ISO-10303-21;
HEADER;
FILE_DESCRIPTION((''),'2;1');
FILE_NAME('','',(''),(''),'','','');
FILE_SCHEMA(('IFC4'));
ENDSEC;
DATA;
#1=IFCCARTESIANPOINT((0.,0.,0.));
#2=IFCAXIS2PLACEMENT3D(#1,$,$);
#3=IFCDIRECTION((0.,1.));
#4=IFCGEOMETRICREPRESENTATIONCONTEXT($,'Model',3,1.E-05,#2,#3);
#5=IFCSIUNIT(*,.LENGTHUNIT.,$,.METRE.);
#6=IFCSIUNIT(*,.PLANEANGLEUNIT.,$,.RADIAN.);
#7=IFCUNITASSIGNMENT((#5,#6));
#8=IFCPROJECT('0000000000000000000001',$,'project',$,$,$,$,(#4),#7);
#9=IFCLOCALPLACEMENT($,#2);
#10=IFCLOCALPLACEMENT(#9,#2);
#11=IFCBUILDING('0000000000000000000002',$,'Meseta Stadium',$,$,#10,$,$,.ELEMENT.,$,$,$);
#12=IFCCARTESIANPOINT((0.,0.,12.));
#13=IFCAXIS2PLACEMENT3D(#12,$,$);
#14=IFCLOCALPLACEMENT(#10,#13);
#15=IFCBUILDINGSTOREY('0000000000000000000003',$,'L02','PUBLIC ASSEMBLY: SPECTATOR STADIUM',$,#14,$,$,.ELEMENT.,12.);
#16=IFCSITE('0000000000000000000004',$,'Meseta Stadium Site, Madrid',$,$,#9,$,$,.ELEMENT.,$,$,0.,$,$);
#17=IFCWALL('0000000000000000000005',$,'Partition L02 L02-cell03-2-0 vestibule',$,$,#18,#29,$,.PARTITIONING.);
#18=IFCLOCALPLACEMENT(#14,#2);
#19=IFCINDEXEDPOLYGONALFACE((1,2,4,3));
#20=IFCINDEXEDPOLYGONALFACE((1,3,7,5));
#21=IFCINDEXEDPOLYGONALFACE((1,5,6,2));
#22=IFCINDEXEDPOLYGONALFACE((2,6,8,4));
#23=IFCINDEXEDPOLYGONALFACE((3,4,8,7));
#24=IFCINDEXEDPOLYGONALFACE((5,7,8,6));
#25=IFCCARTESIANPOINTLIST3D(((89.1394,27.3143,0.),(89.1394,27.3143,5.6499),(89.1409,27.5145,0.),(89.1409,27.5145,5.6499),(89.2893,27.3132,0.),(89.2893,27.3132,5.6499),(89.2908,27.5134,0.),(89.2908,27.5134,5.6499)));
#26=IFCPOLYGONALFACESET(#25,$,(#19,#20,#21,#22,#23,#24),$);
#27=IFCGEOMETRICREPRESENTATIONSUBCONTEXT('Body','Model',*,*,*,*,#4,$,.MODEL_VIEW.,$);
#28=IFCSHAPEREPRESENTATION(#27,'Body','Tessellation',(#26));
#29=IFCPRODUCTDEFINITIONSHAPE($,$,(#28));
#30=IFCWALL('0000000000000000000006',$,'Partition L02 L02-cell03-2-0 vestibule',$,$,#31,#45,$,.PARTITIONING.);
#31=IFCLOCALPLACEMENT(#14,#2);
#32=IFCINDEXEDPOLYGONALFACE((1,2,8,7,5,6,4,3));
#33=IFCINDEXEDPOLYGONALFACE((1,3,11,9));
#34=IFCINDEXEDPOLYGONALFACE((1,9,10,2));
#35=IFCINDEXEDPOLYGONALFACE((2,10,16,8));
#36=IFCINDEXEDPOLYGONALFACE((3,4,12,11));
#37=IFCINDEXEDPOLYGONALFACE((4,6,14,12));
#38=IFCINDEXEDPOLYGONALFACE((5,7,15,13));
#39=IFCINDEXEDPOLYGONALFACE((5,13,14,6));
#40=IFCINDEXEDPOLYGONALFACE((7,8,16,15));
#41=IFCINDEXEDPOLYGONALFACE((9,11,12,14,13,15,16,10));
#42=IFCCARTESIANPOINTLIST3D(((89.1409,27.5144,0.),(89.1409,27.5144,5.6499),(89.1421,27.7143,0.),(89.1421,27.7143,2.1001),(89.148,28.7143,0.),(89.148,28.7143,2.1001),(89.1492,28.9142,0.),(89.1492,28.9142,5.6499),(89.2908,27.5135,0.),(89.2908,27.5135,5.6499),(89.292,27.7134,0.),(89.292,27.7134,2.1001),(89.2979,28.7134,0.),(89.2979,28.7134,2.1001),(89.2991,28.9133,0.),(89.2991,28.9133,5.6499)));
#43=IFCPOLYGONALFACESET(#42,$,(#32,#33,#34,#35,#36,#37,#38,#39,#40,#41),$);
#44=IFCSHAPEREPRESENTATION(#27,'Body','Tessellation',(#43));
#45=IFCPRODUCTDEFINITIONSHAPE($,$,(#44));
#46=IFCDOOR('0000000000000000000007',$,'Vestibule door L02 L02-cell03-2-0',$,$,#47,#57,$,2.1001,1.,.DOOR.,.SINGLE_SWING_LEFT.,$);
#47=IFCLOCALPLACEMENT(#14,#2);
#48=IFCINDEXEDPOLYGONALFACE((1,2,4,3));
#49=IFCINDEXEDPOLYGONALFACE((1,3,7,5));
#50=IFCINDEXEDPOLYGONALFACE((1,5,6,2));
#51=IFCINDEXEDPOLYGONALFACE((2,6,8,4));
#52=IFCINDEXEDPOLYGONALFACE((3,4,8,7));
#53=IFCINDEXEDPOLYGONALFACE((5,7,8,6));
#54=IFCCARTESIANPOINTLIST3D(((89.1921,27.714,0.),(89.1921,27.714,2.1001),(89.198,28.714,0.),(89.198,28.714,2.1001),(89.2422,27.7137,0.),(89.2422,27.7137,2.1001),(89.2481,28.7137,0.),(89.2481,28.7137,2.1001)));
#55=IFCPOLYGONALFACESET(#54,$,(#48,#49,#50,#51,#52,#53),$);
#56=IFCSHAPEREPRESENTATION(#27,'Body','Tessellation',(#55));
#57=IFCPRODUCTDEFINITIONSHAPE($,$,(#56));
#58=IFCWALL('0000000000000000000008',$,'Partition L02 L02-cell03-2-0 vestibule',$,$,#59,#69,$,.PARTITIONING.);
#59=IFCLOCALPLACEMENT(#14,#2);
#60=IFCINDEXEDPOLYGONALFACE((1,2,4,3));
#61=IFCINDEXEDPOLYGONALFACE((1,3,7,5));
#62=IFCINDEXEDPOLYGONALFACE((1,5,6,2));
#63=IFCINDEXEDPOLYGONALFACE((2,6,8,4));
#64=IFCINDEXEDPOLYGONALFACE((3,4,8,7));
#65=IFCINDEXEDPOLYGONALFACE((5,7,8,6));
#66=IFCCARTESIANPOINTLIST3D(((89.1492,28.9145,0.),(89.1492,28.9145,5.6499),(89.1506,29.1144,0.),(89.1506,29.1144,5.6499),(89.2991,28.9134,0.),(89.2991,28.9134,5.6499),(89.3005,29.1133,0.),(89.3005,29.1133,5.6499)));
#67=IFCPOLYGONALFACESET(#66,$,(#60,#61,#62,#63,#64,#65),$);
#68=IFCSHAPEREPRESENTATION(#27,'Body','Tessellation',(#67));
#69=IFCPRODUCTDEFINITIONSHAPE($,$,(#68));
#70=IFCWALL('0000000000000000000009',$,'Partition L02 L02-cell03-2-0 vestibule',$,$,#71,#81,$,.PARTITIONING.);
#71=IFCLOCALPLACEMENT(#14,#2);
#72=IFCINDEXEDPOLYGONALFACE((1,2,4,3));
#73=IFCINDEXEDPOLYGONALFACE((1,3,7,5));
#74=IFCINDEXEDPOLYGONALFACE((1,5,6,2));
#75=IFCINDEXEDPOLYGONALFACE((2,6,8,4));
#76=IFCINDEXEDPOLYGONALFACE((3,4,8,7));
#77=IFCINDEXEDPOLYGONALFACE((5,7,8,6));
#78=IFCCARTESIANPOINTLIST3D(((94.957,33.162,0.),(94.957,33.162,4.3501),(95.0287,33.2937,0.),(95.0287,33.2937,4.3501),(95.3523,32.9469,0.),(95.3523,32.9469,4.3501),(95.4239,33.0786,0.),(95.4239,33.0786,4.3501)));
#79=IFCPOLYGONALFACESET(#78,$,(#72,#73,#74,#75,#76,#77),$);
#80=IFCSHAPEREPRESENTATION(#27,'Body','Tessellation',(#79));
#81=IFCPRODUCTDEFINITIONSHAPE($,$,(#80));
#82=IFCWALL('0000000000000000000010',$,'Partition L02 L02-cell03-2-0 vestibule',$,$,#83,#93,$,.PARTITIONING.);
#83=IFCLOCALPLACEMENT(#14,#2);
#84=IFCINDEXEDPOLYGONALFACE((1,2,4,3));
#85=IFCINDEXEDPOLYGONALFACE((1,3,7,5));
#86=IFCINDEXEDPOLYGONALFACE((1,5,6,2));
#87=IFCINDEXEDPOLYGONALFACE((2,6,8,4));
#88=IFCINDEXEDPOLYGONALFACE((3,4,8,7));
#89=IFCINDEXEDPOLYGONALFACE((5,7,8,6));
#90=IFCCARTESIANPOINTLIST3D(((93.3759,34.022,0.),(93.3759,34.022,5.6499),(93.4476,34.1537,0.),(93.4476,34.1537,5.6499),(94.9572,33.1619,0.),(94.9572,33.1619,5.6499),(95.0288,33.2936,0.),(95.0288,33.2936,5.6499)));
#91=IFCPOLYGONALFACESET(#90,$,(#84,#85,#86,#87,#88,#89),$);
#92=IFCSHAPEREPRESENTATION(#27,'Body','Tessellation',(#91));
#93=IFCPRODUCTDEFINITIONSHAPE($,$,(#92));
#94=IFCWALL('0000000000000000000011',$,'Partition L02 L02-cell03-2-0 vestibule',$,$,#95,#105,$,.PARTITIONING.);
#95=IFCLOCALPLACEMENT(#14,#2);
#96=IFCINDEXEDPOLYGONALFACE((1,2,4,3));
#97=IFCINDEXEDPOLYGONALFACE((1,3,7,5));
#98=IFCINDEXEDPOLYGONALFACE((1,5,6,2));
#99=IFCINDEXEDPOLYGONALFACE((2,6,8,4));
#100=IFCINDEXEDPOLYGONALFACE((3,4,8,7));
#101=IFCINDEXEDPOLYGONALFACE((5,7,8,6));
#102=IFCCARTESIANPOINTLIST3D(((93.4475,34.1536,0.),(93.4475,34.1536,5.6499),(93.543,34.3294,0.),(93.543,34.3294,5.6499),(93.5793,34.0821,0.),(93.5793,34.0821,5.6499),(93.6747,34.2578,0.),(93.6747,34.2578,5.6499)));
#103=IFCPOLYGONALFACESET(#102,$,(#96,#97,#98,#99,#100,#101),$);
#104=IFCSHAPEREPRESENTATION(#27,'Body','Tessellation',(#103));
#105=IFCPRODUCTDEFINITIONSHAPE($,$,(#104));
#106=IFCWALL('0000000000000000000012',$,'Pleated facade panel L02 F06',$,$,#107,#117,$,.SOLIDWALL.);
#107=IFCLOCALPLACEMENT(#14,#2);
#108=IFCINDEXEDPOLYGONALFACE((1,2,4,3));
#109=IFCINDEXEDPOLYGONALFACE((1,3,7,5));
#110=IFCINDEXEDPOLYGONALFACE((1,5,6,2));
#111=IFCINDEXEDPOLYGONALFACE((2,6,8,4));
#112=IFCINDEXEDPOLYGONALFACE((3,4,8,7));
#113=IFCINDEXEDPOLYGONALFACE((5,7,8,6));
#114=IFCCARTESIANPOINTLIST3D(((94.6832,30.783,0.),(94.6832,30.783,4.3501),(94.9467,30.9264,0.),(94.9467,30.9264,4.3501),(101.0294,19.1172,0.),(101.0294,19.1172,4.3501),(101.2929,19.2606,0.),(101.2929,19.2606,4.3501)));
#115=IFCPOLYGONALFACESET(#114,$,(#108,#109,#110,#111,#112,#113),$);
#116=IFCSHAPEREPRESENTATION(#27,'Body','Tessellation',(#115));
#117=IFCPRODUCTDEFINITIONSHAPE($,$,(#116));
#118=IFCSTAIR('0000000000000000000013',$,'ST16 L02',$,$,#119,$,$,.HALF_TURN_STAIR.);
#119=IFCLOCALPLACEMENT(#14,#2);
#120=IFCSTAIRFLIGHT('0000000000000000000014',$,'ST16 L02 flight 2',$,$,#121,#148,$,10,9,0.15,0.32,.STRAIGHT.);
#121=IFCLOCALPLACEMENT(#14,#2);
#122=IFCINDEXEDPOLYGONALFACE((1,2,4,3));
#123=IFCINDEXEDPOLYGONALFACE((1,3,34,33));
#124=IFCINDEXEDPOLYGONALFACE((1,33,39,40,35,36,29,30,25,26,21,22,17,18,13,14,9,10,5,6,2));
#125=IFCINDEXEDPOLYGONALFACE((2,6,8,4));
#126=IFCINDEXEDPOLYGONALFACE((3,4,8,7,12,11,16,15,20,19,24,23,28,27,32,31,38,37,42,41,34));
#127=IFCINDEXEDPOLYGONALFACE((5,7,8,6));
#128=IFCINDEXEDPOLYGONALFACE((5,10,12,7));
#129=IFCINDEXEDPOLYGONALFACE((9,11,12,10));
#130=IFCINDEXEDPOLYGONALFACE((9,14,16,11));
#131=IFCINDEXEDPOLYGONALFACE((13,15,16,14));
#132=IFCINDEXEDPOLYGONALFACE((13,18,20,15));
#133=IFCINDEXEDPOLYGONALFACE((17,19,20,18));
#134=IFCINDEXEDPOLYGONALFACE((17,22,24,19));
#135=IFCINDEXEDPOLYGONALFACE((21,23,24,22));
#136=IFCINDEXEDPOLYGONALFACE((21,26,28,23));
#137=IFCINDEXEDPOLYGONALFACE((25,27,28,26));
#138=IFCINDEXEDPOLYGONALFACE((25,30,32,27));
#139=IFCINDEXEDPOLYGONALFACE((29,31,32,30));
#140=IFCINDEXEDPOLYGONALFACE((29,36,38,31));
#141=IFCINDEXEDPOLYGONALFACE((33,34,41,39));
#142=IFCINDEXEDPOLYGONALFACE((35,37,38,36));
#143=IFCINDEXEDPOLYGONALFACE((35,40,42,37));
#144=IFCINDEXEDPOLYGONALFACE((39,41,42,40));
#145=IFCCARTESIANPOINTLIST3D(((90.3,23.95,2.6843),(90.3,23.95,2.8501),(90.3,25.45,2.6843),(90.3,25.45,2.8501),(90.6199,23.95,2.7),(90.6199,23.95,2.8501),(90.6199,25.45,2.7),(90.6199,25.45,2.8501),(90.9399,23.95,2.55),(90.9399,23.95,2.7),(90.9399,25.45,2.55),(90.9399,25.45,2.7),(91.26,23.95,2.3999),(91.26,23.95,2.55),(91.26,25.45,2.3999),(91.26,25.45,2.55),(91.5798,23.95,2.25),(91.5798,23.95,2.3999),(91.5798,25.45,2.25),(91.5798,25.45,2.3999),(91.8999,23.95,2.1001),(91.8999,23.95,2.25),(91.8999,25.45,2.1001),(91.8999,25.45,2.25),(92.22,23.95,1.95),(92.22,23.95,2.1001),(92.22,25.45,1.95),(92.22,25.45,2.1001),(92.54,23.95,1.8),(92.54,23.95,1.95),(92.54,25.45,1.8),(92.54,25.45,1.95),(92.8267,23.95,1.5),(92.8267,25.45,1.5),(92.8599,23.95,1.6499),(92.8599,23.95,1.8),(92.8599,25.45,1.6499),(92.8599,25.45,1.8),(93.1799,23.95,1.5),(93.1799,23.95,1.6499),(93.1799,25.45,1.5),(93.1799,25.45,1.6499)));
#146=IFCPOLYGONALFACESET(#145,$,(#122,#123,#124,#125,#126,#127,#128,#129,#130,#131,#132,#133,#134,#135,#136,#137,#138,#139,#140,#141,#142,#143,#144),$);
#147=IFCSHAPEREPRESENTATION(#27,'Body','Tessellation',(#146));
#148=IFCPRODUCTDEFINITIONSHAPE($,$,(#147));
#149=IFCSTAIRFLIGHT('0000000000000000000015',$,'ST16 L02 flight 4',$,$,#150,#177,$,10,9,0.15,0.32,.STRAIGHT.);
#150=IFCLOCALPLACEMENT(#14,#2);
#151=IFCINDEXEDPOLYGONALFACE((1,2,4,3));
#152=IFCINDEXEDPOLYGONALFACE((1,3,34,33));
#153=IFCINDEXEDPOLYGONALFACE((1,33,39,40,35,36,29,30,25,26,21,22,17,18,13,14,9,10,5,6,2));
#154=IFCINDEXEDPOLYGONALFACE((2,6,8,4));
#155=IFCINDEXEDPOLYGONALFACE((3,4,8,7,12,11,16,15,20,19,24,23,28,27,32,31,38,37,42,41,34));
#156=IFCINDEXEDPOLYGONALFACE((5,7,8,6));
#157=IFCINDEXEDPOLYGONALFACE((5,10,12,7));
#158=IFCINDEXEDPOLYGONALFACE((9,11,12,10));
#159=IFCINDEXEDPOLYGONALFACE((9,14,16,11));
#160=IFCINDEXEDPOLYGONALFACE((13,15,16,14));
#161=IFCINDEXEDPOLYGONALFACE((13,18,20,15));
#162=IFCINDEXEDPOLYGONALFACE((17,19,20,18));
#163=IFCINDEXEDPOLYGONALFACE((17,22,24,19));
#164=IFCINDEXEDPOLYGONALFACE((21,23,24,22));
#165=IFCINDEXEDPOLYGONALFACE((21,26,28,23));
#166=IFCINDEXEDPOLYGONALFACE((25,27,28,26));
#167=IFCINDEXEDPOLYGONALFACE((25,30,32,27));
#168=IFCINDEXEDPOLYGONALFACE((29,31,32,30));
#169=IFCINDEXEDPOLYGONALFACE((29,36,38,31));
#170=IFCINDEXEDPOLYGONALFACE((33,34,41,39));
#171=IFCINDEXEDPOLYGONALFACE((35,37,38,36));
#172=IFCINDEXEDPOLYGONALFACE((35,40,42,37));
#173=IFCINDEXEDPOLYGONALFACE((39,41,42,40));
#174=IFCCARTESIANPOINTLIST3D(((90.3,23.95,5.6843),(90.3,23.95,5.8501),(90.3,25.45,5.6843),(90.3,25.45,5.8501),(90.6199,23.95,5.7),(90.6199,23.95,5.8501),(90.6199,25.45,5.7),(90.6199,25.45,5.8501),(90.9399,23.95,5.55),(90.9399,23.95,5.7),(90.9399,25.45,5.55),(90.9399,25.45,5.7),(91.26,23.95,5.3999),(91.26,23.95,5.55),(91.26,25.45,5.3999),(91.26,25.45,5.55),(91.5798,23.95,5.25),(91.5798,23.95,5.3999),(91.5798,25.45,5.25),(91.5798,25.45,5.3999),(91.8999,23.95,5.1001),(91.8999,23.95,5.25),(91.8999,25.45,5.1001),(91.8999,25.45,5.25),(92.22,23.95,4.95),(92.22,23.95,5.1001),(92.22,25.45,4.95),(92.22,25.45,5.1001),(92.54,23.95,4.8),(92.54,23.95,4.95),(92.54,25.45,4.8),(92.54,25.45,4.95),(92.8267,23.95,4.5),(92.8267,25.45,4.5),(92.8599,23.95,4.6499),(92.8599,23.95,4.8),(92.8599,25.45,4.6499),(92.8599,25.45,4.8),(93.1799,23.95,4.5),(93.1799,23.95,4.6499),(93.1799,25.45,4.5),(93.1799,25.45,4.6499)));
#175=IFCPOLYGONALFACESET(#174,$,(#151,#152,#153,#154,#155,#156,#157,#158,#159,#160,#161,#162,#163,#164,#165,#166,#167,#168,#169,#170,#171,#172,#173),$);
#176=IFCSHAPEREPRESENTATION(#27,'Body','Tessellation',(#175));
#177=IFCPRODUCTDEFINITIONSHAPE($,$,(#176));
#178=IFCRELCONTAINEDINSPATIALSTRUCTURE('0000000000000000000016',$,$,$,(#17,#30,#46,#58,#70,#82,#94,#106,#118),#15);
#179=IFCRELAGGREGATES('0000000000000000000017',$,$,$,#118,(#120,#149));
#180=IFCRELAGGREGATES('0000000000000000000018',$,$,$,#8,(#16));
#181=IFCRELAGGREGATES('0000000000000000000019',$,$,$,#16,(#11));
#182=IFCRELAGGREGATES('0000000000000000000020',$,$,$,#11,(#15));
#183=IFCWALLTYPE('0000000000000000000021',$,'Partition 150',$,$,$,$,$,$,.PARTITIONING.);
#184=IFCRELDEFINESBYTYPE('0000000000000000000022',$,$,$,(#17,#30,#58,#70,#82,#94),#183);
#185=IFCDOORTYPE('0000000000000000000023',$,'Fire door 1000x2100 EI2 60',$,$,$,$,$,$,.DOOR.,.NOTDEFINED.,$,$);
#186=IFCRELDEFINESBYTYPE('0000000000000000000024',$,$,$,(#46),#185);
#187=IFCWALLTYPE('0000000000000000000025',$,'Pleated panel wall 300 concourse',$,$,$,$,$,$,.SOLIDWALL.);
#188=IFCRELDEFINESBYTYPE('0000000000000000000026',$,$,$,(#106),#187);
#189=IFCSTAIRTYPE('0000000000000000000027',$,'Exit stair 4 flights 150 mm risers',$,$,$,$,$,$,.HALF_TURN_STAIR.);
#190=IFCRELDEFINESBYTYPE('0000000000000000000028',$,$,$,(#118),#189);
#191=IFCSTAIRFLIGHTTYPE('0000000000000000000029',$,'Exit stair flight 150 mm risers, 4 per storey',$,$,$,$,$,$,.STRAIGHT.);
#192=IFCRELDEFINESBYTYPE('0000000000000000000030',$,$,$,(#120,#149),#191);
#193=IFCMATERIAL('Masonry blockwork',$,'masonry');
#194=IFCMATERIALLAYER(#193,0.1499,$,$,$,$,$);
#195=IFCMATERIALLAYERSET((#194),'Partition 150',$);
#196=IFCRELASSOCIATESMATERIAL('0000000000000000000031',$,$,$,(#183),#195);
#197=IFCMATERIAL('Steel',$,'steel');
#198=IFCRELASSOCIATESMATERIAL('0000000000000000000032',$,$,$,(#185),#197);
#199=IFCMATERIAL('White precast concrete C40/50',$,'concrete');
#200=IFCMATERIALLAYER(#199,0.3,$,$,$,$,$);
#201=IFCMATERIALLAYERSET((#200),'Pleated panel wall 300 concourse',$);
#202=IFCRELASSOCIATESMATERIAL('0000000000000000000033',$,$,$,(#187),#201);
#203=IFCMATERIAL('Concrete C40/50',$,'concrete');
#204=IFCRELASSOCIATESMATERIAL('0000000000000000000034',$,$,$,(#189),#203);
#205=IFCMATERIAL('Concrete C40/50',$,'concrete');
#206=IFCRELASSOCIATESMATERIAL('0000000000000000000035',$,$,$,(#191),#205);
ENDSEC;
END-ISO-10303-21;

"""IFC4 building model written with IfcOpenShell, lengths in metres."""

from ifc_helpers import new_model, si_unit, direction, frame, frame_2d, origin, place, context, subcontext, project, spatial, polyline, rectangle, outline, extrude, material, layer, layer_set, type_object, element, fill, aggregate, save


model = new_model("IFC4")

# Units and contexts
model_context = context("Model", 3, precision=1e-05, world=origin(), true_north=direction((0.0, 1.0)))
body_context = subcontext(model_context, "Body", "Model", "MODEL_VIEW")
ifc_project = project(units=[si_unit("LENGTHUNIT", "METRE"), si_unit("PLANEANGLEUNIT", "RADIAN")], contexts=[model_context])

# Site, building, storey
site_placement = place(None, origin())
site = spatial("IfcSite", under=ifc_project, at=site_placement, Name="Meseta Stadium Site, Madrid", CompositionType="ELEMENT", RefElevation=0.0)
building_placement = place(site_placement, origin())
building = spatial("IfcBuilding", under=site, at=building_placement, Name="Meseta Stadium", CompositionType="ELEMENT")
storey_placement = place(building_placement, frame((0.0, 0.0, 12.0)))
storey = spatial("IfcBuildingStorey", under=building, at=storey_placement, Name="L02", Description="PUBLIC ASSEMBLY: SPECTATOR STADIUM", CompositionType="ELEMENT", Elevation=12.0)

# Shared definitions
ifc_material_1 = material(Name="Masonry blockwork", Category="masonry")
ifc_layer_1 = layer(ifc_material_1, 0.1499)
ifc_layer_set_1 = layer_set([ifc_layer_1], Name="Partition 150")
wall_type_1 = type_object("IfcWallType", Name="Partition 150", PredefinedType="PARTITIONING", material=ifc_layer_set_1)

# Wall
wall_1_placement = place(storey_placement, frame((89.2144, 27.3137, 0.0), z_axis=(0.0, 0.0, 1.0), x_axis=(0.007317, 0.999973, 0.0)))
element("IfcWall", 1, at=wall_1_placement, inside=storey, type_object=wall_type_1, Name="Partition L02 L02-cell03-2-0 vestibule", PredefinedType="PARTITIONING", context=body_context, shape_type="SweptSolid", body=[
    extrude(rectangle(XDim=0.2002, YDim=0.1499, at=frame_2d((0.1001, 0.0))), origin(), (0.0, 0.0, 1.0), 5.6499),
])

# Wall, opening, door
wall_2_placement = place(storey_placement, frame((89.2158, 27.5139, 0.0), z_axis=(0.0, 0.0, 1.0), x_axis=(0.005929, 0.999982, 0.0)))
wall_2 = element("IfcWall", 2, at=wall_2_placement, inside=storey, type_object=wall_type_1, Name="Partition L02 L02-cell03-2-0 vestibule", PredefinedType="PARTITIONING", context=body_context, shape_type="SweptSolid", body=[
    extrude(rectangle(XDim=1.3999, YDim=0.1499, at=frame_2d((0.7, 0.0))), origin(), (0.0, 0.0, 1.0), 5.6499),
])
opening_1_placement = place(wall_2_placement, frame((0.2, 0.0, 0.0)))
opening_1 = element("IfcOpeningElement", 3, at=opening_1_placement, cuts=wall_2, PredefinedType="OPENING", context=body_context, shape_type="SweptSolid", body=[
    extrude(rectangle(XDim=1.0, YDim=2.1001, at=frame_2d((0.5, 1.05))), frame((0.0, 0.085, 0.0), z_axis=(0.0, -1.0, 0.0), x_axis=(1.0, 0.0, 0.0)), (0.0, 0.0, 1.0), 0.1699),
])
ifc_material_2 = material(Name="Steel", Category="steel")
door_type_1 = type_object("IfcDoorType", Name="Fire door 1000x2100 EI2 60", OperationType="NOTDEFINED", PredefinedType="DOOR", material=ifc_material_2)
door_1_placement = place(opening_1_placement, origin())
door_1 = element("IfcDoor", 4, at=door_1_placement, inside=storey, type_object=door_type_1, Name="Vestibule door L02 L02-cell03-2-0", OperationType="SINGLE_SWING_LEFT", OverallHeight=2.1001, OverallWidth=1.0, PredefinedType="DOOR", context=body_context, shape_type="SweptSolid", body=[
    extrude(rectangle(XDim=1.0, YDim=2.1001, at=frame_2d((0.5, 1.05))), frame((0.0, 0.0249, 0.0), z_axis=(0.0, -1.0, 0.0), x_axis=(1.0, 0.0, 0.0)), (0.0, 0.0, 1.0), 0.05),
])
fill(opening_1, door_1)

# Walls
wall_3_placement = place(storey_placement, frame((89.2241, 28.9138, 0.0), z_axis=(0.0, 0.0, 1.0), x_axis=(0.007326, 0.999973, 0.0)))
element("IfcWall", 5, at=wall_3_placement, inside=storey, type_object=wall_type_1, Name="Partition L02 L02-cell03-2-0 vestibule", PredefinedType="PARTITIONING", context=body_context, shape_type="SweptSolid", body=[
    extrude(rectangle(XDim=0.2, YDim=0.1499, at=frame_2d((0.1001, 0.0))), origin(), (0.0, 0.0, 1.0), 5.6499),
])
wall_4_placement = place(storey_placement, frame((95.3882, 33.0127, 0.0), z_axis=(0.0, 0.0, 1.0), x_axis=(-0.878372, 0.477978, 0.0)))
element("IfcWall", 6, at=wall_4_placement, inside=storey, type_object=wall_type_1, Name="Partition L02 L02-cell03-2-0 vestibule", PredefinedType="PARTITIONING", context=body_context, shape_type="SweptSolid", body=[
    extrude(rectangle(XDim=0.45, YDim=0.1499, at=frame_2d((0.2251, 0.0))), origin(), (0.0, 0.0, 1.0), 4.3501),
])
wall_5_placement = place(storey_placement, frame((94.9929, 33.2278, 0.0), z_axis=(0.0, 0.0, 1.0), x_axis=(-0.87846, 0.477816, 0.0)))
element("IfcWall", 7, at=wall_5_placement, inside=storey, type_object=wall_type_1, Name="Partition L02 L02-cell03-2-0 vestibule", PredefinedType="PARTITIONING", context=body_context, shape_type="SweptSolid", body=[
    extrude(rectangle(XDim=1.8, YDim=0.1499, at=frame_2d((0.8999, 0.0))), origin(), (0.0, 0.0, 1.0), 5.6499),
])
wall_6_placement = place(storey_placement, frame((93.6089, 34.2937, 0.0), z_axis=(0.0, 0.0, 1.0), x_axis=(-0.477227, -0.87878, 0.0)))
element("IfcWall", 8, at=wall_6_placement, inside=storey, type_object=wall_type_1, Name="Partition L02 L02-cell03-2-0 vestibule", PredefinedType="PARTITIONING", context=body_context, shape_type="SweptSolid", body=[
    extrude(rectangle(XDim=0.2, YDim=0.1499, at=frame_2d((0.1001, 0.0))), origin(), (0.0, 0.0, 1.0), 5.6499),
])
ifc_material_3 = material(Name="White precast concrete C40/50", Category="concrete")
ifc_layer_2 = layer(ifc_material_3, 0.3)
ifc_layer_set_2 = layer_set([ifc_layer_2], Name="Pleated panel wall 300 concourse")
wall_type_2 = type_object("IfcWallType", Name="Pleated panel wall 300 concourse", PredefinedType="SOLIDWALL", material=ifc_layer_set_2)
wall_7_placement = place(storey_placement, frame((94.8149, 30.8547, 0.0), z_axis=(0.0, 0.0, 1.0), x_axis=(0.477868, -0.878432, 0.0)))
element("IfcWall", 9, at=wall_7_placement, inside=storey, type_object=wall_type_2, Name="Pleated facade panel L02 F06", PredefinedType="SOLIDWALL", context=body_context, shape_type="SweptSolid", body=[
    extrude(rectangle(XDim=13.2803, YDim=0.3, at=frame_2d((6.6401, 0.0))), origin(), (0.0, 0.0, 1.0), 4.3501),
])

# Stair, stair flights
ifc_material_4 = material(Name="Concrete C40/50", Category="concrete")
stair_type = type_object("IfcStairType", Name="Exit stair 4 flights 150 mm risers", PredefinedType="HALF_TURN_STAIR", material=ifc_material_4)
stair_placement = place(storey_placement, origin())
stair = element("IfcStair", 10, at=stair_placement, inside=storey, type_object=stair_type, Name="ST16 L02", PredefinedType="HALF_TURN_STAIR")
ifc_material_5 = material(Name="Concrete C40/50", Category="concrete")
stair_flight_type = type_object("IfcStairFlightType", Name="Exit stair flight 150 mm risers, 4 per storey", PredefinedType="STRAIGHT", material=ifc_material_5)
stair_flight_1_placement = place(storey_placement, frame((93.1799, 24.7, 1.5), z_axis=(0.0, 0.0, 1.0), x_axis=(-1.0, 0.0, 0.0)))
stair_flight_1 = element("IfcStairFlight", 11, at=stair_flight_1_placement, type_object=stair_flight_type, Name="ST16 L02 flight 2", NumberOfRisers=10, NumberOfTreads=9, PredefinedType="STRAIGHT", RiserHeight=0.15, TreadLength=0.32, context=body_context, shape_type="SweptSolid", body=[
    extrude(outline(polyline([(0.0, 0.0), (0.0, 0.1499), (0.3201, 0.1499), (0.3201, 0.3), (0.6399, 0.3), (0.6399, 0.45), (0.96, 0.45), (0.96, 0.6001), (1.28, 0.6001), (1.28, 0.75), (1.6001, 0.75), (1.6001, 0.8999), (1.9199, 0.8999), (1.9199, 1.05), (2.24, 1.05), (2.24, 1.2), (2.5601, 1.2), (2.5601, 1.3501), (2.8799, 1.3501), (2.8799, 1.1843), (0.3533, 0.0), (0.0, 0.0)])), frame((0.0, 0.75, 0.0), z_axis=(0.0, -1.0, 0.0), x_axis=(1.0, 0.0, 0.0)), (0.0, 0.0, 1.0), 1.5),
])
stair_flight_2_placement = place(storey_placement, frame((93.1799, 24.7, 4.5), z_axis=(0.0, 0.0, 1.0), x_axis=(-1.0, 0.0, 0.0)))
stair_flight_2 = element("IfcStairFlight", 12, at=stair_flight_2_placement, type_object=stair_flight_type, Name="ST16 L02 flight 4", NumberOfRisers=10, NumberOfTreads=9, PredefinedType="STRAIGHT", RiserHeight=0.15, TreadLength=0.32, context=body_context, shape_type="SweptSolid", body=[
    extrude(outline(polyline([(0.0, 0.0), (0.0, 0.1499), (0.3201, 0.1499), (0.3201, 0.3), (0.6399, 0.3), (0.6399, 0.45), (0.96, 0.45), (0.96, 0.6001), (1.28, 0.6001), (1.28, 0.75), (1.6001, 0.75), (1.6001, 0.8999), (1.9199, 0.8999), (1.9199, 1.05), (2.24, 1.05), (2.24, 1.2), (2.5601, 1.2), (2.5601, 1.3501), (2.8799, 1.3501), (2.8799, 1.1843), (0.3533, 0.0), (0.0, 0.0)])), frame((0.0, 0.75, 0.0), z_axis=(0.0, -1.0, 0.0), x_axis=(1.0, 0.0, 0.0)), (0.0, 0.0, 1.0), 1.5),
])
aggregate(stair, [stair_flight_1, stair_flight_2])

save(model, "model.ifc")
